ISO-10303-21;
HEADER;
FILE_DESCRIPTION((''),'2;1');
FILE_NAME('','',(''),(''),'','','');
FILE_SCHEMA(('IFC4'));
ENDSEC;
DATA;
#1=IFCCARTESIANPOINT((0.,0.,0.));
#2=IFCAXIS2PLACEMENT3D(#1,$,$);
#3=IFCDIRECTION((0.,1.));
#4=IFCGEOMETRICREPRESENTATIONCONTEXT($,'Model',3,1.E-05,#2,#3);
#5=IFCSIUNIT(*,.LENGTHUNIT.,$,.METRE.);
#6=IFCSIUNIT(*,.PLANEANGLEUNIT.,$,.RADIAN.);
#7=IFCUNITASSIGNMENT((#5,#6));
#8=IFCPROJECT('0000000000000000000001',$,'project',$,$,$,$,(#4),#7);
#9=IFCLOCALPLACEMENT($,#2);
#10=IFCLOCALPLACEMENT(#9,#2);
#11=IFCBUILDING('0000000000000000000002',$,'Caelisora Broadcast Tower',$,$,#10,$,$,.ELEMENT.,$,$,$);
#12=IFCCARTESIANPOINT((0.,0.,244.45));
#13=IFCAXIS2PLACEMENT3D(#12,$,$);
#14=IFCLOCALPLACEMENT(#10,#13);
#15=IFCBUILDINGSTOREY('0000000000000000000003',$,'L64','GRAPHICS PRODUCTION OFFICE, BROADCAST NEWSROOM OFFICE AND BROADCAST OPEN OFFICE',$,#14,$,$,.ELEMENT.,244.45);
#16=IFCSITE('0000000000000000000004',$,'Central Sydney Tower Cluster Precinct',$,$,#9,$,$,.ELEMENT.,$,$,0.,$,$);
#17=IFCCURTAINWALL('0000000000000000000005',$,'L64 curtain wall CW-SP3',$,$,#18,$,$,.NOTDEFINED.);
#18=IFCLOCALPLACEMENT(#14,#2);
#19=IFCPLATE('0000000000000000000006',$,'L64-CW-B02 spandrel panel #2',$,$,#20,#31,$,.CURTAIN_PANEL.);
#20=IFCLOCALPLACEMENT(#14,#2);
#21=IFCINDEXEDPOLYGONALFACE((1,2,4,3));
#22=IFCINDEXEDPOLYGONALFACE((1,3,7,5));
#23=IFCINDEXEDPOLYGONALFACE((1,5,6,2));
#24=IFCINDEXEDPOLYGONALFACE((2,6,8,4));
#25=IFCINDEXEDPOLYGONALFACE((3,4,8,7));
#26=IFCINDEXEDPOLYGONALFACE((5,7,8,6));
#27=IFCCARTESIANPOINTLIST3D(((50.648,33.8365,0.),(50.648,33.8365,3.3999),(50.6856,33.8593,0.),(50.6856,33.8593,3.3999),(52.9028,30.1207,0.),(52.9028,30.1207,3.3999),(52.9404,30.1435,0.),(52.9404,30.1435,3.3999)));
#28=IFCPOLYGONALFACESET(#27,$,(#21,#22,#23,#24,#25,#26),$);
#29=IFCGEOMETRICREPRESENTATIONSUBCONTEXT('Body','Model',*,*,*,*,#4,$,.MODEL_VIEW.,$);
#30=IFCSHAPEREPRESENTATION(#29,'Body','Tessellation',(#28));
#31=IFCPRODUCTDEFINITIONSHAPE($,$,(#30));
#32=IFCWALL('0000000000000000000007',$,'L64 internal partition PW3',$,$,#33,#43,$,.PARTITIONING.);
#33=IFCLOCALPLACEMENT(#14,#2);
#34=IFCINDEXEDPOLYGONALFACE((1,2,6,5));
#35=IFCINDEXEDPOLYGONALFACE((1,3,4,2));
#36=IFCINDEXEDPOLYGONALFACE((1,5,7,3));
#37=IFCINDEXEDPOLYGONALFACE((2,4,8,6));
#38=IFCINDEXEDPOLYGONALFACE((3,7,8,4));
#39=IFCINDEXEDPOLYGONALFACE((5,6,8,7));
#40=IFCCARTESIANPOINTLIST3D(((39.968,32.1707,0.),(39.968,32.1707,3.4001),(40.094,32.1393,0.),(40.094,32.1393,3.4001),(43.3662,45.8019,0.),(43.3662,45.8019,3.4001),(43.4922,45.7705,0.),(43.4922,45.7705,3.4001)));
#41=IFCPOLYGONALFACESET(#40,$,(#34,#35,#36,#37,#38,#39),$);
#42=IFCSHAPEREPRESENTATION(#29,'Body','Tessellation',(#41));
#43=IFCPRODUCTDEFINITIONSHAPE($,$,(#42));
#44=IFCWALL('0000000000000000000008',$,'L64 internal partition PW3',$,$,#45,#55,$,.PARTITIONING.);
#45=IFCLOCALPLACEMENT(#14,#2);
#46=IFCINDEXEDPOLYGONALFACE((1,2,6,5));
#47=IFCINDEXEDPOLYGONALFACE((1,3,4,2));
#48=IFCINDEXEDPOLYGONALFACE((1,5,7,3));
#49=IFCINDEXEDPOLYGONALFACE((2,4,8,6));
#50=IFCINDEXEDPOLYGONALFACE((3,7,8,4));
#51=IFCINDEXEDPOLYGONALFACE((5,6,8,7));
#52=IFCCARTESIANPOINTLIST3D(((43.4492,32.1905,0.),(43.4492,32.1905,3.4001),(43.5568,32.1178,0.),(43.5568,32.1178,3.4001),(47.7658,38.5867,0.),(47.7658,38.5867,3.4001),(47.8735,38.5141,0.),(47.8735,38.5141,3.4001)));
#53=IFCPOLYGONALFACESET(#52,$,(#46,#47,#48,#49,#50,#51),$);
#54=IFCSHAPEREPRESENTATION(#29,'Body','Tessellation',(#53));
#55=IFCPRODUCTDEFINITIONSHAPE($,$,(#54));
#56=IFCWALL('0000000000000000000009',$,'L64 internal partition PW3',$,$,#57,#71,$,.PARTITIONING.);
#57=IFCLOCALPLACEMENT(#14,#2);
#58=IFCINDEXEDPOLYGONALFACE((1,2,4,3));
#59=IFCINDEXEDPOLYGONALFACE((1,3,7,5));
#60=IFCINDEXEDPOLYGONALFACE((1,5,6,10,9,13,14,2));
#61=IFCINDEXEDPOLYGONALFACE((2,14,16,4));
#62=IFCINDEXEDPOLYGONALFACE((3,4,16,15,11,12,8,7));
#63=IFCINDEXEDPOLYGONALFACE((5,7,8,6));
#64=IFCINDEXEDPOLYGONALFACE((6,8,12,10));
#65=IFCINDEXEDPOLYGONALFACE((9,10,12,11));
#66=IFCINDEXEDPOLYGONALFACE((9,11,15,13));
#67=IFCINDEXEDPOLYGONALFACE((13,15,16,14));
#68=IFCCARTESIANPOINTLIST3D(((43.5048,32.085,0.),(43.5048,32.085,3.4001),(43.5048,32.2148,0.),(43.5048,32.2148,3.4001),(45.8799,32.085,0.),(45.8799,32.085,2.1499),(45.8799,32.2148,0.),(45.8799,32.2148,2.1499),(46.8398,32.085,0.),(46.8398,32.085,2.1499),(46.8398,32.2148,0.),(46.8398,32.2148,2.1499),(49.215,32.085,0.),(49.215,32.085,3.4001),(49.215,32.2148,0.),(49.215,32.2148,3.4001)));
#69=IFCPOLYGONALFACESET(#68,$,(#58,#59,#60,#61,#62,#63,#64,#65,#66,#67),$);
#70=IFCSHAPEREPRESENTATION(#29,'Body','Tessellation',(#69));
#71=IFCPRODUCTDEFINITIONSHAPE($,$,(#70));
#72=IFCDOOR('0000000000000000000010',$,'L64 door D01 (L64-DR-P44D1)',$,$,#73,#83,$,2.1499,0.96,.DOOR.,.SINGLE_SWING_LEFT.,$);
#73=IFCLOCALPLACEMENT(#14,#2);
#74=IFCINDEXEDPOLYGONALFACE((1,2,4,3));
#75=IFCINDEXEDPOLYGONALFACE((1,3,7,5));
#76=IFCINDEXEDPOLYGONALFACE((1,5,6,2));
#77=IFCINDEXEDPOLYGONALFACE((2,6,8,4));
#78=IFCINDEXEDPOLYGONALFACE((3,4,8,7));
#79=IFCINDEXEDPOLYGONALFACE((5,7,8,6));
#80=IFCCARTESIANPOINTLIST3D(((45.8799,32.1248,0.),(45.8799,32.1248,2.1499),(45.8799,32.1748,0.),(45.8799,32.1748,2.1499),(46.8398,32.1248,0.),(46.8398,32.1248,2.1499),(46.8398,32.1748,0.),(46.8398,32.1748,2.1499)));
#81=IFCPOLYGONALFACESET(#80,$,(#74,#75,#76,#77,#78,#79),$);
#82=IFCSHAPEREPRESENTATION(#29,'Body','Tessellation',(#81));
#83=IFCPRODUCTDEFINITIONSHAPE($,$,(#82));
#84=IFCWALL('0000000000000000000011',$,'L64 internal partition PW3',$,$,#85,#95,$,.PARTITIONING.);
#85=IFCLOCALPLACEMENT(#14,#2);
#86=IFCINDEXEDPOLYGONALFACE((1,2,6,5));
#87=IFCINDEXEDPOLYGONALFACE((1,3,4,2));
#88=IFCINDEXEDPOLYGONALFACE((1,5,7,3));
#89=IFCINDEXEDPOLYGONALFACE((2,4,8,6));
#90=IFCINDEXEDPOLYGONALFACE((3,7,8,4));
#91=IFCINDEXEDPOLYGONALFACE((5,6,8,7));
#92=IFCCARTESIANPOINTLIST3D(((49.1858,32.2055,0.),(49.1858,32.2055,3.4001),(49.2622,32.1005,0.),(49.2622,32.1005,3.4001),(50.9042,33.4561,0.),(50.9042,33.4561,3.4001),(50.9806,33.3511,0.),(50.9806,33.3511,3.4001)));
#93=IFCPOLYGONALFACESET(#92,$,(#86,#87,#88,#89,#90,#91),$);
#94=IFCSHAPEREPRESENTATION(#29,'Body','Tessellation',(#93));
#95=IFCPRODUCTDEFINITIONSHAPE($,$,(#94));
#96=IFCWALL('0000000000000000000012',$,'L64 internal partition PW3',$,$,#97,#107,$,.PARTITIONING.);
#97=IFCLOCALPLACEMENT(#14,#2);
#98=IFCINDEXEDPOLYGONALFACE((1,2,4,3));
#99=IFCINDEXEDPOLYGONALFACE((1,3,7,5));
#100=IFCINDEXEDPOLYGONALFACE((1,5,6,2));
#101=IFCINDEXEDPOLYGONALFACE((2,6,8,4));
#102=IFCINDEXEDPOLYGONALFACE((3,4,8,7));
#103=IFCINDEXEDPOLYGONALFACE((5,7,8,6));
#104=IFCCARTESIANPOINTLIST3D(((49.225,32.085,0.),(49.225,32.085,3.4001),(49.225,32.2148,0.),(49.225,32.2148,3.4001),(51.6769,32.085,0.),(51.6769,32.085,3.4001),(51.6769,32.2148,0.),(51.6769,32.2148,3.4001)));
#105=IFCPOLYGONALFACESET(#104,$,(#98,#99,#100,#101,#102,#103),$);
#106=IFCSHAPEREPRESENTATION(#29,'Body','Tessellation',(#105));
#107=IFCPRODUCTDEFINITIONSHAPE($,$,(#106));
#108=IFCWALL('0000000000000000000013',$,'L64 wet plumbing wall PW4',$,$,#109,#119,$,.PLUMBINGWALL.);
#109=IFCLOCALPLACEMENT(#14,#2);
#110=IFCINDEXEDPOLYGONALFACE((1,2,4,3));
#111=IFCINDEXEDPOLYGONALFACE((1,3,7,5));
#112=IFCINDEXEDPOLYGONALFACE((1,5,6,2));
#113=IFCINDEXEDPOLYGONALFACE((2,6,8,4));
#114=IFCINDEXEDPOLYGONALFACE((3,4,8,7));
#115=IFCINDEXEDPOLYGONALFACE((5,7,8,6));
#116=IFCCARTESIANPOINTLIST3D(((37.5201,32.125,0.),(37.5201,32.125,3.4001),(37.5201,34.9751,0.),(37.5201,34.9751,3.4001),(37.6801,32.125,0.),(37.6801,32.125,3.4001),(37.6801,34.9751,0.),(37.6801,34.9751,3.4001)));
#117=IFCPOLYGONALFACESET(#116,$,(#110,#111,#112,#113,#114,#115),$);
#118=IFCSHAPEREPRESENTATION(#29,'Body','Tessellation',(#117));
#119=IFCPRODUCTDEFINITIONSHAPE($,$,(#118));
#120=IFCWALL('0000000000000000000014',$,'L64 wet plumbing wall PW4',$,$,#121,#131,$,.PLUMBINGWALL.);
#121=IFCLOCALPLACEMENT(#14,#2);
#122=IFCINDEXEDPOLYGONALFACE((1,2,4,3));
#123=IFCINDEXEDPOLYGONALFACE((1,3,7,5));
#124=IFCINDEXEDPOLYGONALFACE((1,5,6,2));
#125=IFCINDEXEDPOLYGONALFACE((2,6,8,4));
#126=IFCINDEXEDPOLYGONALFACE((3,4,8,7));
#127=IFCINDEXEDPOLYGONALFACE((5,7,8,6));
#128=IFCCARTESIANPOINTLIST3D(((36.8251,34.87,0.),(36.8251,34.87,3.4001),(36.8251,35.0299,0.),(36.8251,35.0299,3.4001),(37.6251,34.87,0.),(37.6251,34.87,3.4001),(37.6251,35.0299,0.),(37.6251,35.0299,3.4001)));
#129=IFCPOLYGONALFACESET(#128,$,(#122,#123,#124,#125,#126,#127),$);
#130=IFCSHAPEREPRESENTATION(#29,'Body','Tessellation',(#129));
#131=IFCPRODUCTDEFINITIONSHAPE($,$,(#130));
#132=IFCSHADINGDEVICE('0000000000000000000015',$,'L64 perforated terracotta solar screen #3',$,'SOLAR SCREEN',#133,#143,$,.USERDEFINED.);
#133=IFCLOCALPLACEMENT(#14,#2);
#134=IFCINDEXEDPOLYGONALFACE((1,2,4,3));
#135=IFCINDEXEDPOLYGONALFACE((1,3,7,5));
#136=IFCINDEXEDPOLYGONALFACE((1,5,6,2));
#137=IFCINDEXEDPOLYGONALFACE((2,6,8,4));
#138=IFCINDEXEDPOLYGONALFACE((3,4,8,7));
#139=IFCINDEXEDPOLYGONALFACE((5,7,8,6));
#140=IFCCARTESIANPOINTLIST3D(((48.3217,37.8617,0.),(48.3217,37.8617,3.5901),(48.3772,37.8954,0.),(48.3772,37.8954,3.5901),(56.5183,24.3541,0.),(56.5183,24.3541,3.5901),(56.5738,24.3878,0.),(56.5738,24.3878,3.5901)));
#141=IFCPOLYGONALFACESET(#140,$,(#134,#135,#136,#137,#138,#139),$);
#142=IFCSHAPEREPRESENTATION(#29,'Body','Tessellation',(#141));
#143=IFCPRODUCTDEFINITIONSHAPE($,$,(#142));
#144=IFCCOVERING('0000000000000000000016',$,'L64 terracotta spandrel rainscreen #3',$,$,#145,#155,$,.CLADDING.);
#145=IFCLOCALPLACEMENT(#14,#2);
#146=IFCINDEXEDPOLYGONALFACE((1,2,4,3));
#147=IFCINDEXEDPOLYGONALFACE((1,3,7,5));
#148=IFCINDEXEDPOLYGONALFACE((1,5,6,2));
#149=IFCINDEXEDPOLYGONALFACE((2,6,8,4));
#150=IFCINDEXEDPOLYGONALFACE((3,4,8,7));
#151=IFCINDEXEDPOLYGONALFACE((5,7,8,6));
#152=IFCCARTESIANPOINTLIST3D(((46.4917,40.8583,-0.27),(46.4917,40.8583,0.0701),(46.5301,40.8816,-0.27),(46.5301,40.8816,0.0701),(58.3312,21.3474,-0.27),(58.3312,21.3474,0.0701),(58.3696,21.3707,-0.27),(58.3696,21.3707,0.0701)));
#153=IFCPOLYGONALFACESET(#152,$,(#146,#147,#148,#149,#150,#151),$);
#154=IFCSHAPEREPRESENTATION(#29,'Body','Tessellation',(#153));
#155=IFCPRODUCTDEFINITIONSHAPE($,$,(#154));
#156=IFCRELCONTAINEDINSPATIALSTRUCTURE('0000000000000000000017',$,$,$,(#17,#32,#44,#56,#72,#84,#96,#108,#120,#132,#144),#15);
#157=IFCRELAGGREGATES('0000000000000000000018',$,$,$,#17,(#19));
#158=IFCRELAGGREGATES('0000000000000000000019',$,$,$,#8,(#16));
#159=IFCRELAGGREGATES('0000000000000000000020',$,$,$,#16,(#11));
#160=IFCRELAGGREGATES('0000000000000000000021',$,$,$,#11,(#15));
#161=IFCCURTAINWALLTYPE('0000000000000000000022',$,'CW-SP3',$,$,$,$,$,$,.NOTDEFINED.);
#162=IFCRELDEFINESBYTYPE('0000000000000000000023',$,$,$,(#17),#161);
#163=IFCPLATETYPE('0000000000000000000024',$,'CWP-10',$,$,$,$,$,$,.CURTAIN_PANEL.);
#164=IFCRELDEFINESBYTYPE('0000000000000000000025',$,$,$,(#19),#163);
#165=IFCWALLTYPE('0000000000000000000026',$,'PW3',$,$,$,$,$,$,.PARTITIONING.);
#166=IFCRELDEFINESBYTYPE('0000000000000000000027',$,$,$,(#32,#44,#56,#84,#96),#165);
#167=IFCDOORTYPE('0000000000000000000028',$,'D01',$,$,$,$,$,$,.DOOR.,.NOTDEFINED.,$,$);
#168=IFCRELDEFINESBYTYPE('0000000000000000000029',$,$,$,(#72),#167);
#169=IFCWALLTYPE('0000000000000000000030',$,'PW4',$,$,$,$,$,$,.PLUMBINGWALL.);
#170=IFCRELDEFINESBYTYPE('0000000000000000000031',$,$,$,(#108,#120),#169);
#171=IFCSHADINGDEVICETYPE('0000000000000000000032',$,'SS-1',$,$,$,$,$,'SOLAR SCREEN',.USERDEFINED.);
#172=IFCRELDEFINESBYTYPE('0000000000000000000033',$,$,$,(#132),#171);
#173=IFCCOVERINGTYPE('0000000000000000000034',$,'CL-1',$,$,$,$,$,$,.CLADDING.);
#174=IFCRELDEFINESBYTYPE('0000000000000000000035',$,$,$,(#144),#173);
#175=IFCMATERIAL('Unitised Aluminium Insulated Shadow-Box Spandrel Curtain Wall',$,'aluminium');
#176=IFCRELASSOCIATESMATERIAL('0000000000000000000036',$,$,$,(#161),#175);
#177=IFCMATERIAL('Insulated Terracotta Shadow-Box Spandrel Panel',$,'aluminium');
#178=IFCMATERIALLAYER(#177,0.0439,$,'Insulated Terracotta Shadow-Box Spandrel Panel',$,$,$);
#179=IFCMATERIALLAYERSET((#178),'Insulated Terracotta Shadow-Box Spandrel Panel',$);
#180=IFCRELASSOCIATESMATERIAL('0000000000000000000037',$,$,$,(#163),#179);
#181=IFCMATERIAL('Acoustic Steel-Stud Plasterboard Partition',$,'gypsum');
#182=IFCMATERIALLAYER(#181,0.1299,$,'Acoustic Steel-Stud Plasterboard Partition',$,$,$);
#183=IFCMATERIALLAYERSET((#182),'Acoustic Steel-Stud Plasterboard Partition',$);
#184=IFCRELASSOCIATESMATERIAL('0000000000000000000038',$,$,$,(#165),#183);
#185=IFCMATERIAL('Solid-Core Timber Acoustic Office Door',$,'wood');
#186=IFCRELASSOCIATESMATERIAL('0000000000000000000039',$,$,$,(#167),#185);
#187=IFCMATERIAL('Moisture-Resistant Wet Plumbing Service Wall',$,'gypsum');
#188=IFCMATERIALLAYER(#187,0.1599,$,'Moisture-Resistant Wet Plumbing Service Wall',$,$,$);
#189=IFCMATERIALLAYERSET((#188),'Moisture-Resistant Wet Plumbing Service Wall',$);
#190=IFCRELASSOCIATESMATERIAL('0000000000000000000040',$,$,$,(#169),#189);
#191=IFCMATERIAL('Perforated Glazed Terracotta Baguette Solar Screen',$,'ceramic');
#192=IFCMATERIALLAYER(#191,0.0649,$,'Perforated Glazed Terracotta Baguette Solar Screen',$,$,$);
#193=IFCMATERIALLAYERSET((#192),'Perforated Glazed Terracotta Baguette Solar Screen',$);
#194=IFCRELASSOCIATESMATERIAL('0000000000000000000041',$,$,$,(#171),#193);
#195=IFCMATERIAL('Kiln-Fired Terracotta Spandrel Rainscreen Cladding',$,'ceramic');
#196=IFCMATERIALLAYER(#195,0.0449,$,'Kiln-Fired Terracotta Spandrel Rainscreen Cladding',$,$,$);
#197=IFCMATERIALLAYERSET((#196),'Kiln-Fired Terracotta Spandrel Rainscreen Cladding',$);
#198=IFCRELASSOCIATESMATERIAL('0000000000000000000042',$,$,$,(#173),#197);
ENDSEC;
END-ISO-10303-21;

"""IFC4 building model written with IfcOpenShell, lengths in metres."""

from ifc_helpers import new_model, si_unit, direction, frame, frame_2d, origin, origin_2d, place, context, subcontext, project, spatial, rectangle, extrude, source, transform, mapped, material, layer, layer_set, type_object, type_shapes, element, fill, aggregate, save


model = new_model("IFC4")

# Units and contexts
model_context = context("Model", 3, precision=1e-05, world=origin(), true_north=direction((0.0, 1.0)))
body_context = subcontext(model_context, "Body", "Model", "MODEL_VIEW")
ifc_project = project(units=[si_unit("LENGTHUNIT", "METRE"), si_unit("PLANEANGLEUNIT", "RADIAN")], contexts=[model_context])

# Site, building, storey
site_placement = place(None, origin())
site = spatial("IfcSite", under=ifc_project, at=site_placement, Name="Central Sydney Tower Cluster Precinct", CompositionType="ELEMENT", RefElevation=0.0)
building_placement = place(site_placement, origin())
building = spatial("IfcBuilding", under=site, at=building_placement, Name="Caelisora Broadcast Tower", CompositionType="ELEMENT")
storey_placement = place(building_placement, frame((0.0, 0.0, 244.45)))
storey = spatial("IfcBuildingStorey", under=building, at=storey_placement, Name="L64", Description="GRAPHICS PRODUCTION OFFICE, BROADCAST NEWSROOM OFFICE AND BROADCAST OPEN OFFICE", CompositionType="ELEMENT", Elevation=244.45)

# Curtain wall
ifc_material_1 = material(Name="Unitised Aluminium Insulated Shadow-Box Spandrel Curtain Wall", Category="aluminium")
curtain_wall_type = type_object("IfcCurtainWallType", Name="CW-SP3", PredefinedType="NOTDEFINED", material=ifc_material_1)
curtain_wall_placement = place(storey_placement, origin())
curtain_wall = element("IfcCurtainWall", 1, at=curtain_wall_placement, inside=storey, type_object=curtain_wall_type, Name="L64 curtain wall CW-SP3", PredefinedType="NOTDEFINED")

# Plate
ifc_material_2 = material(Name="Insulated Terracotta Shadow-Box Spandrel Panel", Category="aluminium")
ifc_layer_1 = layer(ifc_material_2, 0.0439, Name="Insulated Terracotta Shadow-Box Spandrel Panel")
ifc_layer_set_1 = layer_set([ifc_layer_1], Name="Insulated Terracotta Shadow-Box Spandrel Panel")
plate_type_1 = type_object("IfcPlateType", Name="CWP-10", PredefinedType="CURTAIN_PANEL", material=ifc_layer_set_1)
shared_shape_1 = source(origin(), body_context, "Body", "SweptSolid", [
    extrude(rectangle(XDim=4.3464, YDim=0.0439, at=origin_2d()), origin(), (0.0, 0.0, 1.0), 3.3999),
])
type_shapes(plate_type_1, [shared_shape_1])
plate_1_placement = place(storey_placement, frame((51.7942, 31.99, 0.0), z_axis=(0.0, 0.0, 1.0), x_axis=(0.518773, -0.854912, 0.0)))
plate_1 = element("IfcPlate", 2, at=plate_1_placement, type_object=plate_type_1, Name="L64-CW-B02 spandrel panel #2", PredefinedType="CURTAIN_PANEL", context=body_context, shape_type="MappedRepresentation", body=[
    mapped(shared_shape_1, transform((0.0, 0.0, 0.0), scale=1.0)),
])
aggregate(curtain_wall, [plate_1])

# Walls
ifc_material_3 = material(Name="Acoustic Steel-Stud Plasterboard Partition", Category="gypsum")
ifc_layer_2 = layer(ifc_material_3, 0.1299, Name="Acoustic Steel-Stud Plasterboard Partition")
ifc_layer_set_2 = layer_set([ifc_layer_2], Name="Acoustic Steel-Stud Plasterboard Partition")
wall_type_1 = type_object("IfcWallType", Name="PW3", PredefinedType="PARTITIONING", material=ifc_layer_set_2)
wall_1_placement = place(storey_placement, frame((40.031, 32.155, 0.0), z_axis=(0.0, 0.0, 1.0), x_axis=(0.241894, 0.970303, 0.0)))
element("IfcWall", 3, at=wall_1_placement, inside=storey, type_object=wall_type_1, Name="L64 internal partition PW3", PredefinedType="PARTITIONING", context=body_context, shape_type="SweptSolid", body=[
    extrude(rectangle(XDim=14.0483, YDim=0.1299, at=frame_2d((7.0242, 0.0))), origin(), (0.0, 0.0, 1.0), 3.4001),
])
wall_2_placement = place(storey_placement, frame((43.5029, 32.1541, 0.0), z_axis=(0.0, 0.0, 1.0), x_axis=(0.559401, 0.828897, 0.0)))
element("IfcWall", 4, at=wall_2_placement, inside=storey, type_object=wall_type_1, Name="L64 internal partition PW3", PredefinedType="PARTITIONING", context=body_context, shape_type="SweptSolid", body=[
    extrude(rectangle(XDim=7.7166, YDim=0.1299, at=frame_2d((3.8584, 0.0))), origin(), (0.0, 0.0, 1.0), 3.4001),
])

# Wall, opening, door
wall_3_placement = place(storey_placement, frame((43.5049, 32.1499, 0.0), z_axis=(0.0, 0.0, 1.0), x_axis=(1.0, 0.0, 0.0)))
wall_3 = element("IfcWall", 5, at=wall_3_placement, inside=storey, type_object=wall_type_1, Name="L64 internal partition PW3", PredefinedType="PARTITIONING", context=body_context, shape_type="SweptSolid", body=[
    extrude(rectangle(XDim=5.7102, YDim=0.1299, at=frame_2d((2.855, 0.0))), origin(), (0.0, 0.0, 1.0), 3.4001),
])
opening_1_placement = place(wall_3_placement, frame((2.375, 0.0, 0.0)))
opening_1 = element("IfcOpeningElement", 6, at=opening_1_placement, cuts=wall_3, PredefinedType="OPENING", context=body_context, shape_type="SweptSolid", body=[
    extrude(rectangle(XDim=0.96, YDim=2.1499, at=frame_2d((0.48, 1.075))), frame((0.0, 0.0769, 0.0), z_axis=(0.0, -1.0, 0.0), x_axis=(1.0, 0.0, 0.0)), (0.0, 0.0, 1.0), 0.1538),
])
ifc_material_4 = material(Name="Solid-Core Timber Acoustic Office Door", Category="wood")
door_type = type_object("IfcDoorType", Name="D01", OperationType="NOTDEFINED", PredefinedType="DOOR", material=ifc_material_4)
door_1_placement = place(opening_1_placement, origin())
door_1 = element("IfcDoor", 7, at=door_1_placement, inside=storey, type_object=door_type, Name="L64 door D01 (L64-DR-P44D1)", OperationType="SINGLE_SWING_LEFT", OverallHeight=2.1499, OverallWidth=0.96, PredefinedType="DOOR", context=body_context, shape_type="SweptSolid", body=[
    extrude(rectangle(XDim=0.96, YDim=2.1499, at=frame_2d((0.48, 1.075))), frame((0.0, 0.0249, 0.0), z_axis=(0.0, -1.0, 0.0), x_axis=(1.0, 0.0, 0.0)), (0.0, 0.0, 1.0), 0.05),
])
fill(opening_1, door_1)

# Walls
wall_4_placement = place(storey_placement, frame((49.2241, 32.1531, 0.0), z_axis=(0.0, 0.0, 1.0), x_axis=(0.808547, 0.588431, 0.0)))
element("IfcWall", 8, at=wall_4_placement, inside=storey, type_object=wall_type_1, Name="L64 internal partition PW3", PredefinedType="PARTITIONING", context=body_context, shape_type="SweptSolid", body=[
    extrude(rectangle(XDim=2.1252, YDim=0.1299, at=frame_2d((1.0625, 0.0))), origin(), (0.0, 0.0, 1.0), 3.4001),
])
wall_5_placement = place(storey_placement, frame((51.677, 32.1499, 0.0), z_axis=(0.0, 0.0, 1.0), x_axis=(-1.0, 0.0, 0.0)))
element("IfcWall", 9, at=wall_5_placement, inside=storey, type_object=wall_type_1, Name="L64 internal partition PW3", PredefinedType="PARTITIONING", context=body_context, shape_type="SweptSolid", body=[
    extrude(rectangle(XDim=2.4519, YDim=0.1299, at=frame_2d((1.2261, 0.0))), origin(), (0.0, 0.0, 1.0), 3.4001),
])
ifc_material_5 = material(Name="Moisture-Resistant Wet Plumbing Service Wall", Category="gypsum")
ifc_layer_3 = layer(ifc_material_5, 0.1599, Name="Moisture-Resistant Wet Plumbing Service Wall")
ifc_layer_set_3 = layer_set([ifc_layer_3], Name="Moisture-Resistant Wet Plumbing Service Wall")
wall_type_2 = type_object("IfcWallType", Name="PW4", PredefinedType="PLUMBINGWALL", material=ifc_layer_set_3)
wall_6_placement = place(storey_placement, frame((37.6001, 32.125, 0.0), z_axis=(0.0, 0.0, 1.0), x_axis=(0.0, 1.0, 0.0)))
element("IfcWall", 10, at=wall_6_placement, inside=storey, type_object=wall_type_2, Name="L64 wet plumbing wall PW4", PredefinedType="PLUMBINGWALL", context=body_context, shape_type="SweptSolid", body=[
    extrude(rectangle(XDim=2.8501, YDim=0.1599, at=frame_2d((1.425, 0.0))), origin(), (0.0, 0.0, 1.0), 3.4001),
])
wall_7_placement = place(storey_placement, frame((37.625, 34.95, 0.0), z_axis=(0.0, 0.0, 1.0), x_axis=(-1.0, 0.0, 0.0)))
element("IfcWall", 11, at=wall_7_placement, inside=storey, type_object=wall_type_2, Name="L64 wet plumbing wall PW4", PredefinedType="PLUMBINGWALL", context=body_context, shape_type="SweptSolid", body=[
    extrude(rectangle(XDim=0.8, YDim=0.1599, at=frame_2d((0.3999, 0.0))), origin(), (0.0, 0.0, 1.0), 3.4001),
])

# Shading device
ifc_material_6 = material(Name="Perforated Glazed Terracotta Baguette Solar Screen", Category="ceramic")
ifc_layer_4 = layer(ifc_material_6, 0.0649, Name="Perforated Glazed Terracotta Baguette Solar Screen")
ifc_layer_set_4 = layer_set([ifc_layer_4], Name="Perforated Glazed Terracotta Baguette Solar Screen")
shading_device_type = type_object("IfcShadingDeviceType", Name="SS-1", ElementType="SOLAR SCREEN", PredefinedType="USERDEFINED", material=ifc_layer_set_4)
shared_shape_2 = source(origin(), body_context, "Body", "SweptSolid", [
    extrude(rectangle(XDim=15.8, YDim=0.0649, at=origin_2d()), origin(), (0.0, 0.0, 1.0), 3.5901),
])
type_shapes(shading_device_type, [shared_shape_2])
shading_device_placement = place(storey_placement, frame((52.4478, 31.1248, 0.0), z_axis=(0.0, 0.0, 1.0), x_axis=(-0.518773, 0.854912, 0.0)))
element("IfcShadingDevice", 12, at=shading_device_placement, inside=storey, type_object=shading_device_type, Name="L64 perforated terracotta solar screen #3", ObjectType="SOLAR SCREEN", PredefinedType="USERDEFINED", context=body_context, shape_type="MappedRepresentation", body=[
    mapped(shared_shape_2, transform((0.0, 0.0, 0.0), scale=1.0)),
])

# Covering
ifc_material_7 = material(Name="Kiln-Fired Terracotta Spandrel Rainscreen Cladding", Category="ceramic")
ifc_layer_5 = layer(ifc_material_7, 0.0449, Name="Kiln-Fired Terracotta Spandrel Rainscreen Cladding")
ifc_layer_set_5 = layer_set([ifc_layer_5], Name="Kiln-Fired Terracotta Spandrel Rainscreen Cladding")
covering_type = type_object("IfcCoveringType", Name="CL-1", PredefinedType="CLADDING", material=ifc_layer_set_5)
shared_shape_3 = source(origin(), body_context, "Body", "SweptSolid", [
    extrude(rectangle(XDim=22.822, YDim=0.0449, at=origin_2d()), origin(), (0.0, 0.0, 1.0), 0.3401),
])
type_shapes(covering_type, [shared_shape_3])
covering_placement = place(storey_placement, frame((52.4307, 31.1145, -0.27), z_axis=(0.0, 0.0, 1.0), x_axis=(-0.518773, 0.854912, 0.0)))
element("IfcCovering", 13, at=covering_placement, inside=storey, type_object=covering_type, Name="L64 terracotta spandrel rainscreen #3", PredefinedType="CLADDING", context=body_context, shape_type="MappedRepresentation", body=[
    mapped(shared_shape_3, transform((0.0, 0.0, 0.0), scale=1.0)),
])

save(model, "model.ifc")
